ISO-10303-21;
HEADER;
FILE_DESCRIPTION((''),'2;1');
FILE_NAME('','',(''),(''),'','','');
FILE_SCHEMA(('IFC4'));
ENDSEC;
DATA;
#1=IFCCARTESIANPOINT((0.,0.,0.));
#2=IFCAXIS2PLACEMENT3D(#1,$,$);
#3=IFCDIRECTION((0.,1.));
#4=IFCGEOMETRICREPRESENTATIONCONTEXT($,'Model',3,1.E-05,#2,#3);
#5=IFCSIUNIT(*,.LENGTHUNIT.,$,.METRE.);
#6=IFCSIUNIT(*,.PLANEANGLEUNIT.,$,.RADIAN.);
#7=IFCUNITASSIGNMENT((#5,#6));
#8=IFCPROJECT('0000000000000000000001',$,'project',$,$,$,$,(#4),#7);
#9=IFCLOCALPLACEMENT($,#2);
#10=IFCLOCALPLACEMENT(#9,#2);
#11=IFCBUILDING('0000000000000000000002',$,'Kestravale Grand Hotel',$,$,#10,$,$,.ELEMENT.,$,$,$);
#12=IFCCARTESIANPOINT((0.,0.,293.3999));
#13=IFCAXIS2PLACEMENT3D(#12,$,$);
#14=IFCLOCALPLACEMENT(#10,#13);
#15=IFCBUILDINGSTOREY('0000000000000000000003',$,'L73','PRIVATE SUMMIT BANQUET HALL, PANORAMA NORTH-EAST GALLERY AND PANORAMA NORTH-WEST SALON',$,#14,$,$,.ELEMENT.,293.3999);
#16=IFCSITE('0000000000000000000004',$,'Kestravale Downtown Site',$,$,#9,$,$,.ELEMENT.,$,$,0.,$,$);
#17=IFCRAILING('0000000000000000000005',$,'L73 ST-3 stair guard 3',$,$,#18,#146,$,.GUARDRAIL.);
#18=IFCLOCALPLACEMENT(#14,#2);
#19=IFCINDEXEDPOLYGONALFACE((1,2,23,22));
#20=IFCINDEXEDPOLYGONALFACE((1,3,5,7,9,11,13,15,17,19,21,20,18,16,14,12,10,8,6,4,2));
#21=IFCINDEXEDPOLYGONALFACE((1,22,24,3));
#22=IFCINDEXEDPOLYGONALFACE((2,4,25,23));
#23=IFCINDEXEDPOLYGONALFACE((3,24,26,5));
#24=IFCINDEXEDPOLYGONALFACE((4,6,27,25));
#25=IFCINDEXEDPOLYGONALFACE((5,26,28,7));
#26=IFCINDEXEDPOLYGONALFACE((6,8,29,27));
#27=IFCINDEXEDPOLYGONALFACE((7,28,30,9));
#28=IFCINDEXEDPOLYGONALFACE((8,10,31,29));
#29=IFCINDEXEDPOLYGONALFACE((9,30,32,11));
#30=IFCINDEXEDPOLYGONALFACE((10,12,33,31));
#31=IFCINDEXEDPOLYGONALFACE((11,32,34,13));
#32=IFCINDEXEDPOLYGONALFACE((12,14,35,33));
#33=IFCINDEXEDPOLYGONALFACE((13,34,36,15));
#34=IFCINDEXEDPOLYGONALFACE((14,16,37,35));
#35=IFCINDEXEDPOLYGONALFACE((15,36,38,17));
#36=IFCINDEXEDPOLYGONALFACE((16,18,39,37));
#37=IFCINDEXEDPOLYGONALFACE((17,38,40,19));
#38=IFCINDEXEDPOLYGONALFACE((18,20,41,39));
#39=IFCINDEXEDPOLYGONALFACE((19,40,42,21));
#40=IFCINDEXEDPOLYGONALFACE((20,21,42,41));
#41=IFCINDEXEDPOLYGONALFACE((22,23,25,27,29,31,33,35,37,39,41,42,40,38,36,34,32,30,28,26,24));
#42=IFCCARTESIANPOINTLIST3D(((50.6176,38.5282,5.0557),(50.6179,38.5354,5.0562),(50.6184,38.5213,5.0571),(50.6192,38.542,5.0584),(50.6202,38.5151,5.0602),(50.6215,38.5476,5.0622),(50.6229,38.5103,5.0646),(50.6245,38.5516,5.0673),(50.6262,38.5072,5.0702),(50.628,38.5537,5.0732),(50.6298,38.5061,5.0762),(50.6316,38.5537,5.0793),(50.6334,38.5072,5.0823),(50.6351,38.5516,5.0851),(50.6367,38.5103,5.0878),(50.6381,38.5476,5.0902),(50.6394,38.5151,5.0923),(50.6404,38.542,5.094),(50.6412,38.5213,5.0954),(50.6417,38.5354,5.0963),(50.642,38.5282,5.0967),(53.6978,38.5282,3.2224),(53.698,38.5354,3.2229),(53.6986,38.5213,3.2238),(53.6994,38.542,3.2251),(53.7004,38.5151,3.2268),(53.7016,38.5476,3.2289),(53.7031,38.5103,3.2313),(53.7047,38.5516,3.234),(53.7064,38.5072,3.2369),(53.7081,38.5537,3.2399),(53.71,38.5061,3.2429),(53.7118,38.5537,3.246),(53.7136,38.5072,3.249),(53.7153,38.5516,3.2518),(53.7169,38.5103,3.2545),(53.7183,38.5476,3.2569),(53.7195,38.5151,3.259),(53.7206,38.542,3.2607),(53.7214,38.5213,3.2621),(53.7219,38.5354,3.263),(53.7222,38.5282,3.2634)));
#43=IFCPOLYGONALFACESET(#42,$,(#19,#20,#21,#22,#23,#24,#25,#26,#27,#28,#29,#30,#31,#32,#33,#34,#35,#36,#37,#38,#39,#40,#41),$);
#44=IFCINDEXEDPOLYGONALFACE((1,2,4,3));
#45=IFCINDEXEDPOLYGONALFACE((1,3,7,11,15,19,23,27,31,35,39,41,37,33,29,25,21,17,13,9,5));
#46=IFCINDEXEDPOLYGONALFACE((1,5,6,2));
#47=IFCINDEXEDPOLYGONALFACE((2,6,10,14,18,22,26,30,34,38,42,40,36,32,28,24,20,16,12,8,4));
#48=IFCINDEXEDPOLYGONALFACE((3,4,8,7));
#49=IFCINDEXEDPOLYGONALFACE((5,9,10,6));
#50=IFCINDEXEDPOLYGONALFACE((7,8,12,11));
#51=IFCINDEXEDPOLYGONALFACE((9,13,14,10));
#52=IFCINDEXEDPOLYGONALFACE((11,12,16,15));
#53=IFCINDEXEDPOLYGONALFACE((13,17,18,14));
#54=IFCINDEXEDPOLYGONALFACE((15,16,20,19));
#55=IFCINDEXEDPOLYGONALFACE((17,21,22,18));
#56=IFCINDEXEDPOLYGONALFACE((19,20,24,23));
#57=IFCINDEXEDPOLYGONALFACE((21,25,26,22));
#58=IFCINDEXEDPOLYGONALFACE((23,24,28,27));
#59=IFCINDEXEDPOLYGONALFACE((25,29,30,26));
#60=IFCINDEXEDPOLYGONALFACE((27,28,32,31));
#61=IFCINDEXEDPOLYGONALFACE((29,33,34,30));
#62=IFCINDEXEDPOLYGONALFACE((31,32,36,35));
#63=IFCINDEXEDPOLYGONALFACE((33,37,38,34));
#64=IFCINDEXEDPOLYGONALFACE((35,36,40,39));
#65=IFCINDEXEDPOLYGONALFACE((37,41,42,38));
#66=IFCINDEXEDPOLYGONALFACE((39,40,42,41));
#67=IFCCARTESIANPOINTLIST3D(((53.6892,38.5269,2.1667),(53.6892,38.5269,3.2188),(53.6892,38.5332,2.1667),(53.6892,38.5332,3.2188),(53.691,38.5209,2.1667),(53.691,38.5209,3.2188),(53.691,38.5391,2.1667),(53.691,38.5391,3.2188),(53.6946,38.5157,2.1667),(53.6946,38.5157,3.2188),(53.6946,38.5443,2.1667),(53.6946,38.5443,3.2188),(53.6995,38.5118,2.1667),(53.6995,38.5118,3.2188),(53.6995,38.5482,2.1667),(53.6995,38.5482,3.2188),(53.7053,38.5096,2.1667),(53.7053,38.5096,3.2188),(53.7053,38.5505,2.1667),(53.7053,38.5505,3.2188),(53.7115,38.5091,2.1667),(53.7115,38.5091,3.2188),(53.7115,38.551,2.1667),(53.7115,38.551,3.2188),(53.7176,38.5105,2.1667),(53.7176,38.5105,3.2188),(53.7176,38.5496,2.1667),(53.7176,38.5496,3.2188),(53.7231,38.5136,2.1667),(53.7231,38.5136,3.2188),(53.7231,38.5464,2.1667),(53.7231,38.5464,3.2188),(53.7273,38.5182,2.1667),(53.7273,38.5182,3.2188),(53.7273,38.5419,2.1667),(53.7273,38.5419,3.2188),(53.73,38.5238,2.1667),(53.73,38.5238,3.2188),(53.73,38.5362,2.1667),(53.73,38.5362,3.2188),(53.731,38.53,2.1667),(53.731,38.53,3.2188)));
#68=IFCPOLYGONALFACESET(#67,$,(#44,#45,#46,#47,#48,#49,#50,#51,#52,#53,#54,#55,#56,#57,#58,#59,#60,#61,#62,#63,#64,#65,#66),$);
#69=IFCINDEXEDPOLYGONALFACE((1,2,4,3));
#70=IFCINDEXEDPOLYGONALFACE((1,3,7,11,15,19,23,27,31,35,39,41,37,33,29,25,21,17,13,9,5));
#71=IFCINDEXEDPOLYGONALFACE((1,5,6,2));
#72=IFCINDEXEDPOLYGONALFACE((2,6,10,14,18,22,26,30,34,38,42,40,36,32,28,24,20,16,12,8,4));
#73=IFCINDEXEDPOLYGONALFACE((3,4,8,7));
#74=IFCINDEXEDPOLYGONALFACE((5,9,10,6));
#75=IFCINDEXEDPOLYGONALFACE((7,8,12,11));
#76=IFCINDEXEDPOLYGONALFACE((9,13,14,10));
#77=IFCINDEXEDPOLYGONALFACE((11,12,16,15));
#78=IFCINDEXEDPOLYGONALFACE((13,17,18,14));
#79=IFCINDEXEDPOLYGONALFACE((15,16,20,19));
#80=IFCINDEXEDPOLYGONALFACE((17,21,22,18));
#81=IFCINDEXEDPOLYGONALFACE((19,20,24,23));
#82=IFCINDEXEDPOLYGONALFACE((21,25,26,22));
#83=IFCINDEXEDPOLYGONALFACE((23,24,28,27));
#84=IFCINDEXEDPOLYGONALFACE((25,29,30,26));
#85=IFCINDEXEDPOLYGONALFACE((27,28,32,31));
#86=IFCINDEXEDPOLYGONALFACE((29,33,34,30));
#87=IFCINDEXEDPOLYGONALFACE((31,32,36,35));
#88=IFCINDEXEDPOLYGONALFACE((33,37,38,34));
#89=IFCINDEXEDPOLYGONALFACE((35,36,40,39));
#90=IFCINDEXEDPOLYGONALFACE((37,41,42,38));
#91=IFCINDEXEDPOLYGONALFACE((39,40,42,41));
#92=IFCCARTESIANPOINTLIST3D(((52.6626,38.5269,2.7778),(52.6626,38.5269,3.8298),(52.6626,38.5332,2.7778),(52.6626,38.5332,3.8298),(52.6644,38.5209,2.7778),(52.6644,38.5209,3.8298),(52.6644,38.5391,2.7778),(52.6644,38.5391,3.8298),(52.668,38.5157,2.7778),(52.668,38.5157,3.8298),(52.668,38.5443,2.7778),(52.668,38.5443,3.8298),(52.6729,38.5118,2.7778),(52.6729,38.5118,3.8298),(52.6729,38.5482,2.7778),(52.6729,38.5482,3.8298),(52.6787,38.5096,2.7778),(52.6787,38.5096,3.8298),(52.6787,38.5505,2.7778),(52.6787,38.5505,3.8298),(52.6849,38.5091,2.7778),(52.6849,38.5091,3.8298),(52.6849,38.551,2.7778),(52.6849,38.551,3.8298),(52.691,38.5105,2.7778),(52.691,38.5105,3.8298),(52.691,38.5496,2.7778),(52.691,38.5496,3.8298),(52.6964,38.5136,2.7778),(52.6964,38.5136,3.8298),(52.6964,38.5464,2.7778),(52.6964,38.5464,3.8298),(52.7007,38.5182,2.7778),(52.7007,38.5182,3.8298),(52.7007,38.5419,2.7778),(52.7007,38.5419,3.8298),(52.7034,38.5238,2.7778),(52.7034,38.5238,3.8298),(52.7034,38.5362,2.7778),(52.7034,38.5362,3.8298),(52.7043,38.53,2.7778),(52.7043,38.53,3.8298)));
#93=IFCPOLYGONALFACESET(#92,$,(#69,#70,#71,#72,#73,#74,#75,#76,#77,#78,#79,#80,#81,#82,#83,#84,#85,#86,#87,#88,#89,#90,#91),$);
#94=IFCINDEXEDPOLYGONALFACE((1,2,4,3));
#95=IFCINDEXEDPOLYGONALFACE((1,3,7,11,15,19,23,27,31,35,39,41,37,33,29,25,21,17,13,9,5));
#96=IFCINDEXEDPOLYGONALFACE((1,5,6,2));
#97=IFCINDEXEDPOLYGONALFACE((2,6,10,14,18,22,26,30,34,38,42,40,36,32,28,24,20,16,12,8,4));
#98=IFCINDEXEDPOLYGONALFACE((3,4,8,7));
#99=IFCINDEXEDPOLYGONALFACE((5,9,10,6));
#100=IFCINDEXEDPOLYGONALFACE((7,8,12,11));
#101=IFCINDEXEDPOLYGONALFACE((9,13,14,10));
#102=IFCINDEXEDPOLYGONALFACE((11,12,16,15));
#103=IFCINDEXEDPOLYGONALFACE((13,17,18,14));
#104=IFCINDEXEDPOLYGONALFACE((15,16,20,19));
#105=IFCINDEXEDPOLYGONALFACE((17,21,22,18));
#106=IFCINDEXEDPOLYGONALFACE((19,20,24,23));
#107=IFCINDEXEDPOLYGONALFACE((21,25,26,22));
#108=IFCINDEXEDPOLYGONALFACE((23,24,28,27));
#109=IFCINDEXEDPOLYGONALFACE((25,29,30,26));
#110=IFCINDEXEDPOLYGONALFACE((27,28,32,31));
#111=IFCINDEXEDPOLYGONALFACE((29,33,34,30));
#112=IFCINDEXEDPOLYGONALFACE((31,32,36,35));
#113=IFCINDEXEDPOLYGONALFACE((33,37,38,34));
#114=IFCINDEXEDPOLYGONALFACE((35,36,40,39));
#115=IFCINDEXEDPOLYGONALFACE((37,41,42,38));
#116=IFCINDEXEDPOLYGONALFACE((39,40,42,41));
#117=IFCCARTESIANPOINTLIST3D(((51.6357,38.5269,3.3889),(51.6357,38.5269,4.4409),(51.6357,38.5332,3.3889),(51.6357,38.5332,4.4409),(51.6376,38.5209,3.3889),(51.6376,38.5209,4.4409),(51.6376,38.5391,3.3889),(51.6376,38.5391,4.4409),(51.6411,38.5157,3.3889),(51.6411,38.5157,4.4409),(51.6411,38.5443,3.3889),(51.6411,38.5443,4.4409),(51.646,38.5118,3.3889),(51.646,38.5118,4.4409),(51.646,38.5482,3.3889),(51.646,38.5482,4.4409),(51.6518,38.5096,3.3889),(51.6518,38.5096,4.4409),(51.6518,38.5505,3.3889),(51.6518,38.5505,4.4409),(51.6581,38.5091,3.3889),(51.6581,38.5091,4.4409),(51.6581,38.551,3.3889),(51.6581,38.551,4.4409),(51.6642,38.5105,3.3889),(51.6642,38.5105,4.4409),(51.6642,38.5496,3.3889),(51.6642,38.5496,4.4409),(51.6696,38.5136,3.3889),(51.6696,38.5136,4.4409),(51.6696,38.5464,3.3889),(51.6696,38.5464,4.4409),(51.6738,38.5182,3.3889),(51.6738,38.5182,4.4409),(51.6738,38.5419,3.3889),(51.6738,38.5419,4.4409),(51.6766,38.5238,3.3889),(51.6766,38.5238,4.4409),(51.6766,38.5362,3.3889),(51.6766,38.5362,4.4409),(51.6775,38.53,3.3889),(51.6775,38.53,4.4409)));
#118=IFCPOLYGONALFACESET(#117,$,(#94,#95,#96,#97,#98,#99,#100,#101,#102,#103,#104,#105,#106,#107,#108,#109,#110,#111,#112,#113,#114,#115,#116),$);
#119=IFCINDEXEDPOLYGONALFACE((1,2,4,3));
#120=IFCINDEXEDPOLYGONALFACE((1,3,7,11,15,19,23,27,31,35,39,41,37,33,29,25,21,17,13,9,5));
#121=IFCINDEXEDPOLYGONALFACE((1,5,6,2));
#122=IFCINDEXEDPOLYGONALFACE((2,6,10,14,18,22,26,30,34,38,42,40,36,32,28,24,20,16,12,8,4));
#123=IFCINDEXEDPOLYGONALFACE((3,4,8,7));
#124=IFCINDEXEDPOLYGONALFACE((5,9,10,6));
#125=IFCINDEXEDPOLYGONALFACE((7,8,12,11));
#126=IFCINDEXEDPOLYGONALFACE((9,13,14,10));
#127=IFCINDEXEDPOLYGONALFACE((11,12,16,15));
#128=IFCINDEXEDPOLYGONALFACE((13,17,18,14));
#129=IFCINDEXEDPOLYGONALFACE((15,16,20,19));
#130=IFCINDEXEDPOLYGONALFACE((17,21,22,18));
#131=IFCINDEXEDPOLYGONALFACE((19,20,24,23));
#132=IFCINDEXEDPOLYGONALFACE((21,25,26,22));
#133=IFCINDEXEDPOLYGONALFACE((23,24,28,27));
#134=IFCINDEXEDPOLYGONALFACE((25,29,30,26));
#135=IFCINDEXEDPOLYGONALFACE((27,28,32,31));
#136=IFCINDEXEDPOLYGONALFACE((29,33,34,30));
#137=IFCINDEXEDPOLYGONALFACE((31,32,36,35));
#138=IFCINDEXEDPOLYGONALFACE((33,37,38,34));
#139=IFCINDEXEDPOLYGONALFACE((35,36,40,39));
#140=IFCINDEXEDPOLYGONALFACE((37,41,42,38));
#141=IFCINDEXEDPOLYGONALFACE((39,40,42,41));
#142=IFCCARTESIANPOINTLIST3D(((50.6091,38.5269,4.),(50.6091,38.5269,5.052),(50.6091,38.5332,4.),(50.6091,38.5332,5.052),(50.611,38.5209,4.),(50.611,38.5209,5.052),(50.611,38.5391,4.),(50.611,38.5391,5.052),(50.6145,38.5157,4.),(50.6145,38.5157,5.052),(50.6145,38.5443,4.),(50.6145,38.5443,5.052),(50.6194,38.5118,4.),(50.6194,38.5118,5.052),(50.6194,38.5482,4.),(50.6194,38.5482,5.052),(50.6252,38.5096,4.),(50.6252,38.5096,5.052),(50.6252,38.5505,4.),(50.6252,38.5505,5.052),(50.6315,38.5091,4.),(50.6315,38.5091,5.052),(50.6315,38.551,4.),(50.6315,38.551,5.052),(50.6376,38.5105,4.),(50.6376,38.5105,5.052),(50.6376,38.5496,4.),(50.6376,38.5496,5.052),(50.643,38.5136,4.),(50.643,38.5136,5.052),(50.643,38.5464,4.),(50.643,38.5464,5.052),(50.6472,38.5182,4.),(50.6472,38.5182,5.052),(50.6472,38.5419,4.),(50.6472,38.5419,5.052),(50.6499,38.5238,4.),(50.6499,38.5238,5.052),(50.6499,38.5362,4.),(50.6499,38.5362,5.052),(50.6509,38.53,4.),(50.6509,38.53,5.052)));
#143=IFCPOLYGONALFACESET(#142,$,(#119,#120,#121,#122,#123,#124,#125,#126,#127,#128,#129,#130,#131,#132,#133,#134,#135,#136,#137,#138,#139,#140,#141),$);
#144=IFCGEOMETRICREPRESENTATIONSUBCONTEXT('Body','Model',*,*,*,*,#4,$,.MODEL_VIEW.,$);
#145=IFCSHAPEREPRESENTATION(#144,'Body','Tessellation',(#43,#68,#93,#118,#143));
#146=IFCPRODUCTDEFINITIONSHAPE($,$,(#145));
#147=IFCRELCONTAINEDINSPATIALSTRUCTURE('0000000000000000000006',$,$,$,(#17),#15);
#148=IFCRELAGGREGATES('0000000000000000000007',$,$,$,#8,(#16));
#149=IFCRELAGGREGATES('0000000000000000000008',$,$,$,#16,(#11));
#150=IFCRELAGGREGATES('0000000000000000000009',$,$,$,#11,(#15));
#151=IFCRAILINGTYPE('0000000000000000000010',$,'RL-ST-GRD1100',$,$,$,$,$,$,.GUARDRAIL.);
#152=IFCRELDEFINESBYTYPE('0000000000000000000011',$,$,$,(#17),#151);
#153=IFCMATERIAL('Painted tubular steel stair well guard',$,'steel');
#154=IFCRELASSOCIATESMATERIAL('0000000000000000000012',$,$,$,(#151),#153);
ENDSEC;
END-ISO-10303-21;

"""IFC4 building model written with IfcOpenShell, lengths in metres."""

from ifc_helpers import new_model, si_unit, direction, frame, origin, origin_2d, place, context, subcontext, project, spatial, circle, extrude, material, type_object, element, save


model = new_model("IFC4")

# Units and contexts
model_context = context("Model", 3, precision=1e-05, world=origin(), true_north=direction((0.0, 1.0)))
body_context = subcontext(model_context, "Body", "Model", "MODEL_VIEW")
ifc_project = project(units=[si_unit("LENGTHUNIT", "METRE"), si_unit("PLANEANGLEUNIT", "RADIAN")], contexts=[model_context])

# Site, building, storey
site_placement = place(None, origin())
site = spatial("IfcSite", under=ifc_project, at=site_placement, Name="Kestravale Downtown Site", CompositionType="ELEMENT", RefElevation=0.0)
building_placement = place(site_placement, origin())
building = spatial("IfcBuilding", under=site, at=building_placement, Name="Kestravale Grand Hotel", CompositionType="ELEMENT")
storey_placement = place(building_placement, frame((0.0, 0.0, 293.3999)))
storey = spatial("IfcBuildingStorey", under=building, at=storey_placement, Name="L73", Description="PRIVATE SUMMIT BANQUET HALL, PANORAMA NORTH-EAST GALLERY AND PANORAMA NORTH-WEST SALON", CompositionType="ELEMENT", Elevation=293.3999)

# Railing
ifc_material_1 = material(Name="Painted tubular steel stair well guard", Category="steel")
railing_type_1 = type_object("IfcRailingType", Name="RL-ST-GRD1100", PredefinedType="GUARDRAIL", material=ifc_material_1)
railing_1_placement = place(storey_placement, frame((53.71, 38.53, 2.1667)))
element("IfcRailing", 1, at=railing_1_placement, inside=storey, type_object=railing_type_1, Name="L73 ST-3 stair guard 3", PredefinedType="GUARDRAIL", context=body_context, shape_type="SweptSolid", body=[
    extrude(circle(Radius=0.0239, at=origin_2d()), frame((0.0, 0.0, 1.0762), z_axis=(-0.859309, 0.0, 0.511458), x_axis=(0.0, -1.0, 0.0)), (0.0, 0.0, 1.0), 3.5845),
    extrude(circle(Radius=0.021, at=origin_2d()), origin(), (0.0, 0.0, 1.0), 1.052),
    extrude(circle(Radius=0.021, at=origin_2d()), frame((-1.0266, 0.0, 0.6111)), (0.0, 0.0, 1.0), 1.052),
    extrude(circle(Radius=0.021, at=origin_2d()), frame((-2.0535, 0.0, 1.2222)), (0.0, 0.0, 1.0), 1.052),
    extrude(circle(Radius=0.021, at=origin_2d()), frame((-3.0801, 0.0, 1.8333)), (0.0, 0.0, 1.0), 1.052),
])

save(model, "model.ifc")
